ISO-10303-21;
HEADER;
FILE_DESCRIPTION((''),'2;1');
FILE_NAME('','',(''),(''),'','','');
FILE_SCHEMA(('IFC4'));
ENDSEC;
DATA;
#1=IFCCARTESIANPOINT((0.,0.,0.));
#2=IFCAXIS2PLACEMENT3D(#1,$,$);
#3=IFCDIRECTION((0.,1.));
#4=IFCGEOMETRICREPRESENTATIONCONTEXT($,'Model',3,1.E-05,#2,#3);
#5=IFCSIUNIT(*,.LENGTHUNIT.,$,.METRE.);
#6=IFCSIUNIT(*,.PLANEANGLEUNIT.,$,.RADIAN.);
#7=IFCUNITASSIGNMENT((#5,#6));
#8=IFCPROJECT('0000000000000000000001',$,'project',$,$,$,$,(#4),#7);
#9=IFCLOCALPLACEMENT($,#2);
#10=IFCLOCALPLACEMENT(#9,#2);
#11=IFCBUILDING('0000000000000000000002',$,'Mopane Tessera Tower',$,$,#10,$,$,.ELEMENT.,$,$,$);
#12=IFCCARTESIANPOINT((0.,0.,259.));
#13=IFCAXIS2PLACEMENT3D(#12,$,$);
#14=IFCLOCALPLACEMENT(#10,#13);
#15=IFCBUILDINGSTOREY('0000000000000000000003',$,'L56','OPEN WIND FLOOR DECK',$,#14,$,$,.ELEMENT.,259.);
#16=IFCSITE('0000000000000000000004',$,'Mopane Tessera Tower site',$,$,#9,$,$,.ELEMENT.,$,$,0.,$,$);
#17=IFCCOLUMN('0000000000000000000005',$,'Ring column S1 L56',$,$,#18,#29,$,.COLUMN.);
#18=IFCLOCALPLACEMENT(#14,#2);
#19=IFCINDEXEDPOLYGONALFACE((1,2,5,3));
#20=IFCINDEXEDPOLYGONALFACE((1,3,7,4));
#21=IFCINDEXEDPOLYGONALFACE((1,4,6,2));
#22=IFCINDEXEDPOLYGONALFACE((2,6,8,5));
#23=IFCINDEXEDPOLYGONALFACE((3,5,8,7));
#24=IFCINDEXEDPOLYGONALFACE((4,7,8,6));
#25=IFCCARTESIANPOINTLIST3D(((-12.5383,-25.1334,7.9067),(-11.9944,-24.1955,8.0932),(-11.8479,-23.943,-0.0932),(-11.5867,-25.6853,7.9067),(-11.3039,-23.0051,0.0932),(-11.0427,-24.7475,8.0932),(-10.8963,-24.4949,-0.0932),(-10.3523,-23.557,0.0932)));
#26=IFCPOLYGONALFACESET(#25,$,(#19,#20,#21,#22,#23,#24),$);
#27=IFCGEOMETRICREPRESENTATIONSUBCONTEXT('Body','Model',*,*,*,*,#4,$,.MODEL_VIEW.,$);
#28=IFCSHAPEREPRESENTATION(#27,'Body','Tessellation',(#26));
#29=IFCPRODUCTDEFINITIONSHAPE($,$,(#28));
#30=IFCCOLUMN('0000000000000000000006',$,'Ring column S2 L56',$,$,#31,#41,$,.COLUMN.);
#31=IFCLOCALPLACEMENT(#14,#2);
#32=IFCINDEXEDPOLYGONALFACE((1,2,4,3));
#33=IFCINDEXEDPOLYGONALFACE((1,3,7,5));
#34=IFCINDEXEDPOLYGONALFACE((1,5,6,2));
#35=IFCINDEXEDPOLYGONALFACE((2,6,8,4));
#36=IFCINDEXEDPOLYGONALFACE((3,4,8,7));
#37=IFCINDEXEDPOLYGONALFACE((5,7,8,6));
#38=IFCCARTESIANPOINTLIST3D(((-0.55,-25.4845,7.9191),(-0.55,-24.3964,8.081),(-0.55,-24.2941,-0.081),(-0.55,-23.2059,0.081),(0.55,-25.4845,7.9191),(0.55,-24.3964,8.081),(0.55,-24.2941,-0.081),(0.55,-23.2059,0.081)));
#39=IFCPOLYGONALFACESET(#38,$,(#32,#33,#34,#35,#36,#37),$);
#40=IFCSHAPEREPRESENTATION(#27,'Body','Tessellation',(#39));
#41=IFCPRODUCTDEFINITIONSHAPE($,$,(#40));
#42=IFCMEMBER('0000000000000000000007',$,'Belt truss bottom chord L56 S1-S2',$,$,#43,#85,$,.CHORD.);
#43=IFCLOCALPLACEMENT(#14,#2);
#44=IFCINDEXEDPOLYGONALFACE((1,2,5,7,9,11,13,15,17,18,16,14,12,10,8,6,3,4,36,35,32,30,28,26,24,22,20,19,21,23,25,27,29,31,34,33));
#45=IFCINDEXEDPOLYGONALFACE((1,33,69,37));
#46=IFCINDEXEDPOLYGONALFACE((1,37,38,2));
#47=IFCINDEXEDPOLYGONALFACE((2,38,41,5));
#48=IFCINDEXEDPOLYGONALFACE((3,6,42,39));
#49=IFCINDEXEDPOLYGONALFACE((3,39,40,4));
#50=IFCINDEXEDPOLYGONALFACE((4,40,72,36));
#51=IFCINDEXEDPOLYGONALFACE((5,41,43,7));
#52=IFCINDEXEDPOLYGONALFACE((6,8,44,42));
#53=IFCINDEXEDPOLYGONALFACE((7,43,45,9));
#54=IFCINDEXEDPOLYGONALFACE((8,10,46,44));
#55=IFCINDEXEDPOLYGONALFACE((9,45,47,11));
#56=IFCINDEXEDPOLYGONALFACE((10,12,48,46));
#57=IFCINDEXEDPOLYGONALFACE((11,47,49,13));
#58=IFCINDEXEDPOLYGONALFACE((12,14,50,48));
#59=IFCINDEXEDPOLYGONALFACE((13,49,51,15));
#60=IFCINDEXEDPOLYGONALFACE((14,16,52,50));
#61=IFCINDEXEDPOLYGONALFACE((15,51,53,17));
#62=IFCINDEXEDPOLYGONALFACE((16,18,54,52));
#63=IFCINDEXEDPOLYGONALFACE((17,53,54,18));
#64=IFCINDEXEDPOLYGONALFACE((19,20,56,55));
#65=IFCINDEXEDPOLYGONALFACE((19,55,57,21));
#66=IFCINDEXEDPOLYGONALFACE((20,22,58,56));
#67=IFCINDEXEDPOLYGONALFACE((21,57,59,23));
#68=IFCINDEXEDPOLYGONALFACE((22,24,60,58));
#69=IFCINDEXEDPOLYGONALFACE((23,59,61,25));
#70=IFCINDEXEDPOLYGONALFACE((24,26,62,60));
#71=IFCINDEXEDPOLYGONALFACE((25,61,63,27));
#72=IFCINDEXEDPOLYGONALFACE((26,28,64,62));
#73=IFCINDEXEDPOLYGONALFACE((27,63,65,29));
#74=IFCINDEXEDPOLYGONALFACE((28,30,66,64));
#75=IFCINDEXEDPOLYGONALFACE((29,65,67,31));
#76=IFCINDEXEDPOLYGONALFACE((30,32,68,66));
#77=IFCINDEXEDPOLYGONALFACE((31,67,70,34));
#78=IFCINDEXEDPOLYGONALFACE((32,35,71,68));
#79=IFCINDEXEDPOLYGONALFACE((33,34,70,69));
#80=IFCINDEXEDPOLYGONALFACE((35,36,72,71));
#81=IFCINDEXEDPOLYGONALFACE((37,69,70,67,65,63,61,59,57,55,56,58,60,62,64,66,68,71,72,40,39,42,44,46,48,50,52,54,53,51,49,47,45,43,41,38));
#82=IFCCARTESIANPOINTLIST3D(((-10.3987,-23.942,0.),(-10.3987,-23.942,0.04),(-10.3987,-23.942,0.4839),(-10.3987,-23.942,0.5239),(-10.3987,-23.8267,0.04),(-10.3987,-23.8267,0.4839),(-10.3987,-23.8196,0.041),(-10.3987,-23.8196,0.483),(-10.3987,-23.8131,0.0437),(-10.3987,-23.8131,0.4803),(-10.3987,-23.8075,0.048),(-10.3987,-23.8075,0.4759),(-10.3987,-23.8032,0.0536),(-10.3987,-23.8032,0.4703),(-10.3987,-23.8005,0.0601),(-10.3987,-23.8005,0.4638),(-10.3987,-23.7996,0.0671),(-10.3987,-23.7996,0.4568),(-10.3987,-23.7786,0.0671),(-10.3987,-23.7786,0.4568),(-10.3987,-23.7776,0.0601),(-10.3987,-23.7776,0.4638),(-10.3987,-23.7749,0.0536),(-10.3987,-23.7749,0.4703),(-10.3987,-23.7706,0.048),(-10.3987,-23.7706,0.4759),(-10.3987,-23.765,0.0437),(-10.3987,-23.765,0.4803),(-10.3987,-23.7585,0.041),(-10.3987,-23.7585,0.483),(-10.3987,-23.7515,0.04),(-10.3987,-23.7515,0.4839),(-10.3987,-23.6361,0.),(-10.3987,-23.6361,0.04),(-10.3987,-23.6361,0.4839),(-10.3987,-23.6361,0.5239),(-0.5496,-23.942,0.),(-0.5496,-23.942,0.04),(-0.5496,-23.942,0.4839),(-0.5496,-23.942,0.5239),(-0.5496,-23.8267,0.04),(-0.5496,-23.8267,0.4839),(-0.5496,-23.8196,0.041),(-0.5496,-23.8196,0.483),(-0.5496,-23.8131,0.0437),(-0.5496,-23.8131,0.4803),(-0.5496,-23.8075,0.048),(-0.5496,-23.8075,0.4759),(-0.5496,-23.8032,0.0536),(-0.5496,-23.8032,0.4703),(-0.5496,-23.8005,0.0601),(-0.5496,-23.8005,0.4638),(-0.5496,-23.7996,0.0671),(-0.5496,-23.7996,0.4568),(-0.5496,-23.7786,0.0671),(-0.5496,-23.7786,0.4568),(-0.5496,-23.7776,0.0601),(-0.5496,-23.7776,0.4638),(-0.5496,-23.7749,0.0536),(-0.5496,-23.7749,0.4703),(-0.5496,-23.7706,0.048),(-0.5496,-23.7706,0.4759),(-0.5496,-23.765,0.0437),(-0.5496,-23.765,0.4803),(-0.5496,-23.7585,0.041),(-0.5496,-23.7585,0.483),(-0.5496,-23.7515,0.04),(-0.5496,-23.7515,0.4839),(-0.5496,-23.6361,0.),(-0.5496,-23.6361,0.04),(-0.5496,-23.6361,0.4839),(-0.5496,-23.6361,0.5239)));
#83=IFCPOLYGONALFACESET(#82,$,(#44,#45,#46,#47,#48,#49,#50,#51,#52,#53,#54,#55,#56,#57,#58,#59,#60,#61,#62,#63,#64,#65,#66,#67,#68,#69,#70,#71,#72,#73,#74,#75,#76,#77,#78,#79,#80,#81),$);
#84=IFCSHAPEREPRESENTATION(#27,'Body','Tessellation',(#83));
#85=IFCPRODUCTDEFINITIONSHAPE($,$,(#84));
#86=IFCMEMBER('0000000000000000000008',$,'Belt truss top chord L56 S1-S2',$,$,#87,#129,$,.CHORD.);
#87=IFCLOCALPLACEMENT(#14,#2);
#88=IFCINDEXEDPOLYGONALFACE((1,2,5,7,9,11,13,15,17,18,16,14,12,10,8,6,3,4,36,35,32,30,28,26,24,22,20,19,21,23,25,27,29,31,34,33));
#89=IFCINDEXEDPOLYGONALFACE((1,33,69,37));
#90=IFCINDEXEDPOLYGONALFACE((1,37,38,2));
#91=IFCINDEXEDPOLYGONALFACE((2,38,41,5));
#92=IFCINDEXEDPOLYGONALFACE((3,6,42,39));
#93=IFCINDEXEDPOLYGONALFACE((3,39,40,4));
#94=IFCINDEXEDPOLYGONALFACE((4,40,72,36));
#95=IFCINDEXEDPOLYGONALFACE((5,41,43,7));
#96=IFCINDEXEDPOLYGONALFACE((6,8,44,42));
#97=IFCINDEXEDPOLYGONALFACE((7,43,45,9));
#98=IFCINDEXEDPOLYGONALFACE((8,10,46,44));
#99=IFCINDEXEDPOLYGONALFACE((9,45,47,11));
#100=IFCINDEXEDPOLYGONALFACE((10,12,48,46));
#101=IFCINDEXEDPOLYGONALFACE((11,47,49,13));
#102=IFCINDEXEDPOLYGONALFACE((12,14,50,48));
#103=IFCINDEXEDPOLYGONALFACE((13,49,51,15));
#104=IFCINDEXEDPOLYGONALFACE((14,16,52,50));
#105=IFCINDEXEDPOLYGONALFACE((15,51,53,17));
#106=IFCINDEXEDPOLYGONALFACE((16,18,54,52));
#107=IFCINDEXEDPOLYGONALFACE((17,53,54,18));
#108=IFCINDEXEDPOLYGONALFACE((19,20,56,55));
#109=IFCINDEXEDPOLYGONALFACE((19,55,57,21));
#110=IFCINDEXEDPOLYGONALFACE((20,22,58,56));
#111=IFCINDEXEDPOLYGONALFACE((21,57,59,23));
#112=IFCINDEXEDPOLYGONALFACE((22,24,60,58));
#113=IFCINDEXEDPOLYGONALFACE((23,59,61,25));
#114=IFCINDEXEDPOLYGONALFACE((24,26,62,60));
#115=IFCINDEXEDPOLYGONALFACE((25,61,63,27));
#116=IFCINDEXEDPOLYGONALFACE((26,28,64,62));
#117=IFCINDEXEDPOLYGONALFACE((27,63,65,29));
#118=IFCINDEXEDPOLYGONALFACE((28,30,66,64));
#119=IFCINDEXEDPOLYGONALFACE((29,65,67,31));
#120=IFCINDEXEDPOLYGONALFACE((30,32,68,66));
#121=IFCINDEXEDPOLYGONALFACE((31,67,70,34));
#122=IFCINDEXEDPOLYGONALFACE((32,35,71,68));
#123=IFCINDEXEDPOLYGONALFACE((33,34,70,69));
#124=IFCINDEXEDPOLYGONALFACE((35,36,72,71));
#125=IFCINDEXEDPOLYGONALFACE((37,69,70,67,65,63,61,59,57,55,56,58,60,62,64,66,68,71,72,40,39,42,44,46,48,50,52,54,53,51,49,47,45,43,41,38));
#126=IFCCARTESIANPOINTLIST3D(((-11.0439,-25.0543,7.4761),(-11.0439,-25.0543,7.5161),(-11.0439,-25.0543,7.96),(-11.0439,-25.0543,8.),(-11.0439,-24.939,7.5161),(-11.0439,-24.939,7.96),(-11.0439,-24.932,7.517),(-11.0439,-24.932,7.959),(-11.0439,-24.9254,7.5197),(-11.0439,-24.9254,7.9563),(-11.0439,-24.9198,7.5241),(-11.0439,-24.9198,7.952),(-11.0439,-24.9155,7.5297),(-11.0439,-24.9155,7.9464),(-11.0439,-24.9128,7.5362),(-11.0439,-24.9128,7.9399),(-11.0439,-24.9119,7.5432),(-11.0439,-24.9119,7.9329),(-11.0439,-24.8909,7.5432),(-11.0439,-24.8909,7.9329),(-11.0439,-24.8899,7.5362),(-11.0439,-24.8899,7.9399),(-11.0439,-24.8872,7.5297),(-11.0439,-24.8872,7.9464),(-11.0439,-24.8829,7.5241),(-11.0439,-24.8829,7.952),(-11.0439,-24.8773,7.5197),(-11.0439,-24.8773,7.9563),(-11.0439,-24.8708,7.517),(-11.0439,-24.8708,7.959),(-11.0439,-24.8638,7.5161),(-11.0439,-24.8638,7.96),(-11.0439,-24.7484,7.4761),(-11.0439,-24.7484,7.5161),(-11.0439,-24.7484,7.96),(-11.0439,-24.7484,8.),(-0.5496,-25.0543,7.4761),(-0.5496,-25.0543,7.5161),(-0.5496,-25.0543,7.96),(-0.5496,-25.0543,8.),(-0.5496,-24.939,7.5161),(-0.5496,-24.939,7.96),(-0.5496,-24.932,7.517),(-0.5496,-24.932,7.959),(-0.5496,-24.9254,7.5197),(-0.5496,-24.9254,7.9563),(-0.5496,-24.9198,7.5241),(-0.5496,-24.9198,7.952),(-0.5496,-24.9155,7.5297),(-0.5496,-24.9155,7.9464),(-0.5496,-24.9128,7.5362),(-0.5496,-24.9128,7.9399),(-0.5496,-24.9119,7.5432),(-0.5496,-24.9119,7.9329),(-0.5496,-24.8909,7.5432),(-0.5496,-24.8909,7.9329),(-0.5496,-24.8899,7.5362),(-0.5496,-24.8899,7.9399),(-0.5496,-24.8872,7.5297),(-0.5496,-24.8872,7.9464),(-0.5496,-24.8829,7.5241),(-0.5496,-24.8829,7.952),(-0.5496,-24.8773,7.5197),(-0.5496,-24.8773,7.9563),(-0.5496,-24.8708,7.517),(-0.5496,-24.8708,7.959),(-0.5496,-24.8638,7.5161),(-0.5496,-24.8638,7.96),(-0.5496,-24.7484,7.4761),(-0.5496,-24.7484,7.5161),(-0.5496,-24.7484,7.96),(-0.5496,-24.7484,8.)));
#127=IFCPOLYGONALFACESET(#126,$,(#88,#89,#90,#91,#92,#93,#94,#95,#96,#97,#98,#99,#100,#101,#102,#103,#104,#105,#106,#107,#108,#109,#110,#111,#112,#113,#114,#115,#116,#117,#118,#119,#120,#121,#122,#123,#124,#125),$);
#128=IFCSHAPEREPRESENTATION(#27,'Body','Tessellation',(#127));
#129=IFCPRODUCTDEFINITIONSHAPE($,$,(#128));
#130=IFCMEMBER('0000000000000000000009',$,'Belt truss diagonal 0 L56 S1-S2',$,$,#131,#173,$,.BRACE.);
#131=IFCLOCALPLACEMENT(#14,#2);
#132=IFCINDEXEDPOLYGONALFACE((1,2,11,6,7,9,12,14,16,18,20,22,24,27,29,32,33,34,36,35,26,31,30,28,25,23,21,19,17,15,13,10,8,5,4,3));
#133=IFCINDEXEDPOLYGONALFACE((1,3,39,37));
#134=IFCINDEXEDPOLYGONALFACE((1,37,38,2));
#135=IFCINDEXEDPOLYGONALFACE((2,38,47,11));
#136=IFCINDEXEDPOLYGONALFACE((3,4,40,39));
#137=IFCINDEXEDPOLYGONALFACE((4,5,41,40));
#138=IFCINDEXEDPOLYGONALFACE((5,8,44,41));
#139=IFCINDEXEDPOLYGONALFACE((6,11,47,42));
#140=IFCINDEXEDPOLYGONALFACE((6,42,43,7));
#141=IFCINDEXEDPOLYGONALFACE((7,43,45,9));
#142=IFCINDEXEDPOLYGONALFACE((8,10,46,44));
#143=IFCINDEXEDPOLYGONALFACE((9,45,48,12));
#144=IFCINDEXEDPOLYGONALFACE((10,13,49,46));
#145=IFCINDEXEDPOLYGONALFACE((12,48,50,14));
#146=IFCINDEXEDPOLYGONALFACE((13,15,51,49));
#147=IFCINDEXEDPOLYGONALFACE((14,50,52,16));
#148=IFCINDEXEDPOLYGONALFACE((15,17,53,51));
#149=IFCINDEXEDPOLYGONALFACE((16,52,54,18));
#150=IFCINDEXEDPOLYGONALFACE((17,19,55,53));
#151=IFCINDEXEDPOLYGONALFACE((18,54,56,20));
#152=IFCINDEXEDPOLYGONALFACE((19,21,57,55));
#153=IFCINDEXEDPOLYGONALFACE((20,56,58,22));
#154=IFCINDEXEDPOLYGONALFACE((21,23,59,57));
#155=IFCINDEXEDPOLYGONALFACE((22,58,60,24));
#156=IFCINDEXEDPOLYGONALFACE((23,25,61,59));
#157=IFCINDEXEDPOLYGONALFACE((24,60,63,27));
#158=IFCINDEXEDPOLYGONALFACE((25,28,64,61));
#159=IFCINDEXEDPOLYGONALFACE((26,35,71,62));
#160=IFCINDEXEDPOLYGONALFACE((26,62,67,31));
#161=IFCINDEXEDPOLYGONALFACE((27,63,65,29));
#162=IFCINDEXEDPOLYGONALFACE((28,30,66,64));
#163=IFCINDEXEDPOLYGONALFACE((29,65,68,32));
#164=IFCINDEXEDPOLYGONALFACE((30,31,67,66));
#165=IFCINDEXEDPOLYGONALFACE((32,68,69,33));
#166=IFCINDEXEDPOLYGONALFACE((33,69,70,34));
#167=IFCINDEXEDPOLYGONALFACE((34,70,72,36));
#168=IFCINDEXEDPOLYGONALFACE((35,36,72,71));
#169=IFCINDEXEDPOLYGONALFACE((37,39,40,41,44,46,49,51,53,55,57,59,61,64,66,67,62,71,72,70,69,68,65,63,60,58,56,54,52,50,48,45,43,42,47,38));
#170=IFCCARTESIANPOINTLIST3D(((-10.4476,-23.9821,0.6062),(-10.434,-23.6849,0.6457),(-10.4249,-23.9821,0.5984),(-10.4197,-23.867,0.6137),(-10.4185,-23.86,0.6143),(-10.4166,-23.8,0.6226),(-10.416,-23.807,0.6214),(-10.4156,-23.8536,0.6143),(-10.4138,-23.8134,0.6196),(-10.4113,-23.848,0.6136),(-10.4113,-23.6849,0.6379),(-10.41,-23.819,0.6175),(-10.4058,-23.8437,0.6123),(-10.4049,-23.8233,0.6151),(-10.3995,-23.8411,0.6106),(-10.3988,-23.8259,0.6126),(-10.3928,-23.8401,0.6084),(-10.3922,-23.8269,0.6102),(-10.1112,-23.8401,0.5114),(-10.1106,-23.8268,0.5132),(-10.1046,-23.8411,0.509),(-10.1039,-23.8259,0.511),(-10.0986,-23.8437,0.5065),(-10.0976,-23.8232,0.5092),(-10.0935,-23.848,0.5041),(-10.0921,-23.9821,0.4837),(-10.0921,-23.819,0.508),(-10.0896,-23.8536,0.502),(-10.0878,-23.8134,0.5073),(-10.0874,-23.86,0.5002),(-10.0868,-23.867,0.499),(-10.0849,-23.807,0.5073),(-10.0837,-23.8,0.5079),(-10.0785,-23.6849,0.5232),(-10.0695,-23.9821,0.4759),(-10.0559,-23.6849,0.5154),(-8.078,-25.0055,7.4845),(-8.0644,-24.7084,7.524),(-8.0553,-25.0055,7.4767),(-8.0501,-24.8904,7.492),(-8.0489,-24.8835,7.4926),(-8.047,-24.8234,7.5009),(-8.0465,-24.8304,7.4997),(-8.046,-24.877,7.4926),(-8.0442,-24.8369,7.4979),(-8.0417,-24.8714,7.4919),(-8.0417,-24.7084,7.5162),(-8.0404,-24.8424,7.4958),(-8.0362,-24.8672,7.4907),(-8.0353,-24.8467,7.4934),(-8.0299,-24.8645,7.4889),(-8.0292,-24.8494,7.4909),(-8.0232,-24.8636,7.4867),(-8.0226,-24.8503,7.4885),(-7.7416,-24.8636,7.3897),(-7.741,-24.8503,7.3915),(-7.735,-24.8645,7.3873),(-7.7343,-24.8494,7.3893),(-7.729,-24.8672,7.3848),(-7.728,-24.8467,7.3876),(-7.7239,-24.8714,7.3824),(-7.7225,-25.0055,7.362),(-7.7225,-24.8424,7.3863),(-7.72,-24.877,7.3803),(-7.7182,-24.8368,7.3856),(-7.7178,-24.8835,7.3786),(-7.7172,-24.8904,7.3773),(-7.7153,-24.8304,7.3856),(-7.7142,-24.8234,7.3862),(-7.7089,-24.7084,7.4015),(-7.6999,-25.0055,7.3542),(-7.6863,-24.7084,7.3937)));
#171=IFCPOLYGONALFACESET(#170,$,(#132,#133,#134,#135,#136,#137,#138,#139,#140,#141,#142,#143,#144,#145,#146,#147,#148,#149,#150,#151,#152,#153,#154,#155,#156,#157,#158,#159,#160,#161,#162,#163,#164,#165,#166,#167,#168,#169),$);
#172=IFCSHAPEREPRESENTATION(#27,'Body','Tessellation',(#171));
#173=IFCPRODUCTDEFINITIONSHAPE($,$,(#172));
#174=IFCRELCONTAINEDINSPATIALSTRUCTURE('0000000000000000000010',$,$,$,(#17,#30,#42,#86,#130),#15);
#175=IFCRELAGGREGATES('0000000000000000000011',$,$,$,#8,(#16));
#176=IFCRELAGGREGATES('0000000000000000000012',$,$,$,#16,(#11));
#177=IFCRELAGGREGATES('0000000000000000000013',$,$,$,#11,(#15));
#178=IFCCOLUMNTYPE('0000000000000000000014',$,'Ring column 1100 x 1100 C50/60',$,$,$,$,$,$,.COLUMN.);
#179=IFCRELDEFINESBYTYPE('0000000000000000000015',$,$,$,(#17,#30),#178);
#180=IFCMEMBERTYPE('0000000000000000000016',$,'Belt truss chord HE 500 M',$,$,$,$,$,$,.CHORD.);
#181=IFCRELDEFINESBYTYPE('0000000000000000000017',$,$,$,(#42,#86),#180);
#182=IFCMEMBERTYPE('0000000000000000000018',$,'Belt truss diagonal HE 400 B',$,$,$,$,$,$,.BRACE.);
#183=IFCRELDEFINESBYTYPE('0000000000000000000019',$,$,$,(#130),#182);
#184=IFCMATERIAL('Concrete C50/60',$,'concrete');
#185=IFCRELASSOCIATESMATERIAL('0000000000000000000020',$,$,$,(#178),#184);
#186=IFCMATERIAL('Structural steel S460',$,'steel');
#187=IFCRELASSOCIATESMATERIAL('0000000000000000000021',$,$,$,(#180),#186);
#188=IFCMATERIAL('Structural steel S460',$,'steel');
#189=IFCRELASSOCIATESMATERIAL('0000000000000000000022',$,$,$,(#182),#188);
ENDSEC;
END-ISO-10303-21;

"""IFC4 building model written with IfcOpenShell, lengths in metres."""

from ifc_helpers import new_model, si_unit, direction, frame, origin, origin_2d, place, context, subcontext, project, spatial, rectangle, i_section, extrude, material, material_profile, profile_set, type_object, element, save


model = new_model("IFC4")

# Units and contexts
model_context = context("Model", 3, precision=1e-05, world=origin(), true_north=direction((0.0, 1.0)))
body_context = subcontext(model_context, "Body", "Model", "MODEL_VIEW")
ifc_project = project(units=[si_unit("LENGTHUNIT", "METRE"), si_unit("PLANEANGLEUNIT", "RADIAN")], contexts=[model_context])

# Site, building, storey
site_placement = place(None, origin())
site = spatial("IfcSite", under=ifc_project, at=site_placement, Name="Mopane Tessera Tower site", CompositionType="ELEMENT", RefElevation=0.0)
building_placement = place(site_placement, origin())
building = spatial("IfcBuilding", under=site, at=building_placement, Name="Mopane Tessera Tower", CompositionType="ELEMENT")
storey_placement = place(building_placement, frame((0.0, 0.0, 259.0)))
storey = spatial("IfcBuildingStorey", under=building, at=storey_placement, Name="L56", Description="OPEN WIND FLOOR DECK", CompositionType="ELEMENT", Elevation=259.0)

# Columns
ifc_material_1 = material(Name="Concrete C50/60", Category="concrete")
ifc_material_profile_1 = material_profile(ifc_material_1, rectangle(XDim=1.1001, YDim=1.1001, at=origin_2d()))
ifc_profile_set_1 = profile_set([ifc_material_profile_1], Name="Concrete C50/60")
column_type = type_object("IfcColumnType", Name="Ring column 1100 x 1100 C50/60", PredefinedType="COLUMN", material=ifc_profile_set_1)
column_1_placement = place(storey_placement, frame((-11.1001, -23.75, 0.0), z_axis=(-0.085054, -0.14665, 0.985525), x_axis=(0.865037, -0.501707, 0.0)))
element("IfcColumn", 1, at=column_1_placement, inside=storey, type_object=column_type, Name="Ring column S1 L56", PredefinedType="COLUMN", context=body_context, shape_type="SweptSolid", body=[
    extrude(rectangle(XDim=1.1001, YDim=1.1001, at=origin_2d()), origin(), (0.0, 0.0, 1.0), 8.1174),
])
column_2_placement = place(storey_placement, frame((0.0, -23.75, 0.0), z_axis=(0.0, -0.147183, 0.989109), x_axis=(1.0, 0.0, 0.0)))
element("IfcColumn", 2, at=column_2_placement, inside=storey, type_object=column_type, Name="Ring column S2 L56", PredefinedType="COLUMN", context=body_context, shape_type="SweptSolid", body=[
    extrude(rectangle(XDim=1.1001, YDim=1.1001, at=origin_2d()), origin(), (0.0, 0.0, 1.0), 8.0881),
])

# Members
ifc_material_2 = material(Name="Structural steel S460", Category="steel")
ifc_material_profile_2 = material_profile(ifc_material_2, i_section(OverallWidth=0.3059, OverallDepth=0.5239, WebThickness=0.021, FlangeThickness=0.04, FilletRadius=0.0271, at=origin_2d()))
ifc_profile_set_2 = profile_set([ifc_material_profile_2], Name="Structural steel S460")
member_type_1 = type_object("IfcMemberType", Name="Belt truss chord HE 500 M", PredefinedType="CHORD", material=ifc_profile_set_2)
member_1_placement = place(storey_placement, frame((-10.3987, -23.7891, 0.262), z_axis=(1.0, 0.0, 0.0), x_axis=(0.0, 1.0, 0.0)))
element("IfcMember", 3, at=member_1_placement, inside=storey, type_object=member_type_1, Name="Belt truss bottom chord L56 S1-S2", PredefinedType="CHORD", context=body_context, shape_type="SweptSolid", body=[
    extrude(i_section(OverallWidth=0.3059, OverallDepth=0.5239, WebThickness=0.021, FlangeThickness=0.04, FilletRadius=0.0271, at=origin_2d()), origin(), (0.0, 0.0, 1.0), 9.8491),
])
member_2_placement = place(storey_placement, frame((-11.0439, -24.9014, 7.738), z_axis=(1.0, 0.0, 0.0), x_axis=(0.0, 1.0, 0.0)))
element("IfcMember", 4, at=member_2_placement, inside=storey, type_object=member_type_1, Name="Belt truss top chord L56 S1-S2", PredefinedType="CHORD", context=body_context, shape_type="SweptSolid", body=[
    extrude(i_section(OverallWidth=0.3059, OverallDepth=0.5239, WebThickness=0.021, FlangeThickness=0.04, FilletRadius=0.0271, at=origin_2d()), origin(), (0.0, 0.0, 1.0), 10.4944),
])
ifc_material_3 = material(Name="Structural steel S460", Category="steel")
ifc_material_profile_3 = material_profile(ifc_material_3, i_section(OverallWidth=0.3, OverallDepth=0.3999, WebThickness=0.0134, FlangeThickness=0.0239, FilletRadius=0.0271, at=origin_2d()))
ifc_profile_set_3 = profile_set([ifc_material_profile_3], Name="Structural steel S460")
member_type_2 = type_object("IfcMemberType", Name="Belt truss diagonal HE 400 B", PredefinedType="BRACE", material=ifc_profile_set_3)
member_3_placement = place(storey_placement, frame((-10.2517, -23.8335, 0.5608), z_axis=(0.32254, -0.139304, 0.936249), x_axis=(0.045353, 0.99025, 0.131715)))
element("IfcMember", 5, at=member_3_placement, inside=storey, type_object=member_type_2, Name="Belt truss diagonal 0 L56 S1-S2", PredefinedType="BRACE", context=body_context, shape_type="SweptSolid", body=[
    extrude(i_section(OverallWidth=0.3, OverallDepth=0.3999, WebThickness=0.0134, FlangeThickness=0.0239, FilletRadius=0.0271, at=origin_2d()), origin(), (0.0, 0.0, 1.0), 7.3467),
])

save(model, "model.ifc")
